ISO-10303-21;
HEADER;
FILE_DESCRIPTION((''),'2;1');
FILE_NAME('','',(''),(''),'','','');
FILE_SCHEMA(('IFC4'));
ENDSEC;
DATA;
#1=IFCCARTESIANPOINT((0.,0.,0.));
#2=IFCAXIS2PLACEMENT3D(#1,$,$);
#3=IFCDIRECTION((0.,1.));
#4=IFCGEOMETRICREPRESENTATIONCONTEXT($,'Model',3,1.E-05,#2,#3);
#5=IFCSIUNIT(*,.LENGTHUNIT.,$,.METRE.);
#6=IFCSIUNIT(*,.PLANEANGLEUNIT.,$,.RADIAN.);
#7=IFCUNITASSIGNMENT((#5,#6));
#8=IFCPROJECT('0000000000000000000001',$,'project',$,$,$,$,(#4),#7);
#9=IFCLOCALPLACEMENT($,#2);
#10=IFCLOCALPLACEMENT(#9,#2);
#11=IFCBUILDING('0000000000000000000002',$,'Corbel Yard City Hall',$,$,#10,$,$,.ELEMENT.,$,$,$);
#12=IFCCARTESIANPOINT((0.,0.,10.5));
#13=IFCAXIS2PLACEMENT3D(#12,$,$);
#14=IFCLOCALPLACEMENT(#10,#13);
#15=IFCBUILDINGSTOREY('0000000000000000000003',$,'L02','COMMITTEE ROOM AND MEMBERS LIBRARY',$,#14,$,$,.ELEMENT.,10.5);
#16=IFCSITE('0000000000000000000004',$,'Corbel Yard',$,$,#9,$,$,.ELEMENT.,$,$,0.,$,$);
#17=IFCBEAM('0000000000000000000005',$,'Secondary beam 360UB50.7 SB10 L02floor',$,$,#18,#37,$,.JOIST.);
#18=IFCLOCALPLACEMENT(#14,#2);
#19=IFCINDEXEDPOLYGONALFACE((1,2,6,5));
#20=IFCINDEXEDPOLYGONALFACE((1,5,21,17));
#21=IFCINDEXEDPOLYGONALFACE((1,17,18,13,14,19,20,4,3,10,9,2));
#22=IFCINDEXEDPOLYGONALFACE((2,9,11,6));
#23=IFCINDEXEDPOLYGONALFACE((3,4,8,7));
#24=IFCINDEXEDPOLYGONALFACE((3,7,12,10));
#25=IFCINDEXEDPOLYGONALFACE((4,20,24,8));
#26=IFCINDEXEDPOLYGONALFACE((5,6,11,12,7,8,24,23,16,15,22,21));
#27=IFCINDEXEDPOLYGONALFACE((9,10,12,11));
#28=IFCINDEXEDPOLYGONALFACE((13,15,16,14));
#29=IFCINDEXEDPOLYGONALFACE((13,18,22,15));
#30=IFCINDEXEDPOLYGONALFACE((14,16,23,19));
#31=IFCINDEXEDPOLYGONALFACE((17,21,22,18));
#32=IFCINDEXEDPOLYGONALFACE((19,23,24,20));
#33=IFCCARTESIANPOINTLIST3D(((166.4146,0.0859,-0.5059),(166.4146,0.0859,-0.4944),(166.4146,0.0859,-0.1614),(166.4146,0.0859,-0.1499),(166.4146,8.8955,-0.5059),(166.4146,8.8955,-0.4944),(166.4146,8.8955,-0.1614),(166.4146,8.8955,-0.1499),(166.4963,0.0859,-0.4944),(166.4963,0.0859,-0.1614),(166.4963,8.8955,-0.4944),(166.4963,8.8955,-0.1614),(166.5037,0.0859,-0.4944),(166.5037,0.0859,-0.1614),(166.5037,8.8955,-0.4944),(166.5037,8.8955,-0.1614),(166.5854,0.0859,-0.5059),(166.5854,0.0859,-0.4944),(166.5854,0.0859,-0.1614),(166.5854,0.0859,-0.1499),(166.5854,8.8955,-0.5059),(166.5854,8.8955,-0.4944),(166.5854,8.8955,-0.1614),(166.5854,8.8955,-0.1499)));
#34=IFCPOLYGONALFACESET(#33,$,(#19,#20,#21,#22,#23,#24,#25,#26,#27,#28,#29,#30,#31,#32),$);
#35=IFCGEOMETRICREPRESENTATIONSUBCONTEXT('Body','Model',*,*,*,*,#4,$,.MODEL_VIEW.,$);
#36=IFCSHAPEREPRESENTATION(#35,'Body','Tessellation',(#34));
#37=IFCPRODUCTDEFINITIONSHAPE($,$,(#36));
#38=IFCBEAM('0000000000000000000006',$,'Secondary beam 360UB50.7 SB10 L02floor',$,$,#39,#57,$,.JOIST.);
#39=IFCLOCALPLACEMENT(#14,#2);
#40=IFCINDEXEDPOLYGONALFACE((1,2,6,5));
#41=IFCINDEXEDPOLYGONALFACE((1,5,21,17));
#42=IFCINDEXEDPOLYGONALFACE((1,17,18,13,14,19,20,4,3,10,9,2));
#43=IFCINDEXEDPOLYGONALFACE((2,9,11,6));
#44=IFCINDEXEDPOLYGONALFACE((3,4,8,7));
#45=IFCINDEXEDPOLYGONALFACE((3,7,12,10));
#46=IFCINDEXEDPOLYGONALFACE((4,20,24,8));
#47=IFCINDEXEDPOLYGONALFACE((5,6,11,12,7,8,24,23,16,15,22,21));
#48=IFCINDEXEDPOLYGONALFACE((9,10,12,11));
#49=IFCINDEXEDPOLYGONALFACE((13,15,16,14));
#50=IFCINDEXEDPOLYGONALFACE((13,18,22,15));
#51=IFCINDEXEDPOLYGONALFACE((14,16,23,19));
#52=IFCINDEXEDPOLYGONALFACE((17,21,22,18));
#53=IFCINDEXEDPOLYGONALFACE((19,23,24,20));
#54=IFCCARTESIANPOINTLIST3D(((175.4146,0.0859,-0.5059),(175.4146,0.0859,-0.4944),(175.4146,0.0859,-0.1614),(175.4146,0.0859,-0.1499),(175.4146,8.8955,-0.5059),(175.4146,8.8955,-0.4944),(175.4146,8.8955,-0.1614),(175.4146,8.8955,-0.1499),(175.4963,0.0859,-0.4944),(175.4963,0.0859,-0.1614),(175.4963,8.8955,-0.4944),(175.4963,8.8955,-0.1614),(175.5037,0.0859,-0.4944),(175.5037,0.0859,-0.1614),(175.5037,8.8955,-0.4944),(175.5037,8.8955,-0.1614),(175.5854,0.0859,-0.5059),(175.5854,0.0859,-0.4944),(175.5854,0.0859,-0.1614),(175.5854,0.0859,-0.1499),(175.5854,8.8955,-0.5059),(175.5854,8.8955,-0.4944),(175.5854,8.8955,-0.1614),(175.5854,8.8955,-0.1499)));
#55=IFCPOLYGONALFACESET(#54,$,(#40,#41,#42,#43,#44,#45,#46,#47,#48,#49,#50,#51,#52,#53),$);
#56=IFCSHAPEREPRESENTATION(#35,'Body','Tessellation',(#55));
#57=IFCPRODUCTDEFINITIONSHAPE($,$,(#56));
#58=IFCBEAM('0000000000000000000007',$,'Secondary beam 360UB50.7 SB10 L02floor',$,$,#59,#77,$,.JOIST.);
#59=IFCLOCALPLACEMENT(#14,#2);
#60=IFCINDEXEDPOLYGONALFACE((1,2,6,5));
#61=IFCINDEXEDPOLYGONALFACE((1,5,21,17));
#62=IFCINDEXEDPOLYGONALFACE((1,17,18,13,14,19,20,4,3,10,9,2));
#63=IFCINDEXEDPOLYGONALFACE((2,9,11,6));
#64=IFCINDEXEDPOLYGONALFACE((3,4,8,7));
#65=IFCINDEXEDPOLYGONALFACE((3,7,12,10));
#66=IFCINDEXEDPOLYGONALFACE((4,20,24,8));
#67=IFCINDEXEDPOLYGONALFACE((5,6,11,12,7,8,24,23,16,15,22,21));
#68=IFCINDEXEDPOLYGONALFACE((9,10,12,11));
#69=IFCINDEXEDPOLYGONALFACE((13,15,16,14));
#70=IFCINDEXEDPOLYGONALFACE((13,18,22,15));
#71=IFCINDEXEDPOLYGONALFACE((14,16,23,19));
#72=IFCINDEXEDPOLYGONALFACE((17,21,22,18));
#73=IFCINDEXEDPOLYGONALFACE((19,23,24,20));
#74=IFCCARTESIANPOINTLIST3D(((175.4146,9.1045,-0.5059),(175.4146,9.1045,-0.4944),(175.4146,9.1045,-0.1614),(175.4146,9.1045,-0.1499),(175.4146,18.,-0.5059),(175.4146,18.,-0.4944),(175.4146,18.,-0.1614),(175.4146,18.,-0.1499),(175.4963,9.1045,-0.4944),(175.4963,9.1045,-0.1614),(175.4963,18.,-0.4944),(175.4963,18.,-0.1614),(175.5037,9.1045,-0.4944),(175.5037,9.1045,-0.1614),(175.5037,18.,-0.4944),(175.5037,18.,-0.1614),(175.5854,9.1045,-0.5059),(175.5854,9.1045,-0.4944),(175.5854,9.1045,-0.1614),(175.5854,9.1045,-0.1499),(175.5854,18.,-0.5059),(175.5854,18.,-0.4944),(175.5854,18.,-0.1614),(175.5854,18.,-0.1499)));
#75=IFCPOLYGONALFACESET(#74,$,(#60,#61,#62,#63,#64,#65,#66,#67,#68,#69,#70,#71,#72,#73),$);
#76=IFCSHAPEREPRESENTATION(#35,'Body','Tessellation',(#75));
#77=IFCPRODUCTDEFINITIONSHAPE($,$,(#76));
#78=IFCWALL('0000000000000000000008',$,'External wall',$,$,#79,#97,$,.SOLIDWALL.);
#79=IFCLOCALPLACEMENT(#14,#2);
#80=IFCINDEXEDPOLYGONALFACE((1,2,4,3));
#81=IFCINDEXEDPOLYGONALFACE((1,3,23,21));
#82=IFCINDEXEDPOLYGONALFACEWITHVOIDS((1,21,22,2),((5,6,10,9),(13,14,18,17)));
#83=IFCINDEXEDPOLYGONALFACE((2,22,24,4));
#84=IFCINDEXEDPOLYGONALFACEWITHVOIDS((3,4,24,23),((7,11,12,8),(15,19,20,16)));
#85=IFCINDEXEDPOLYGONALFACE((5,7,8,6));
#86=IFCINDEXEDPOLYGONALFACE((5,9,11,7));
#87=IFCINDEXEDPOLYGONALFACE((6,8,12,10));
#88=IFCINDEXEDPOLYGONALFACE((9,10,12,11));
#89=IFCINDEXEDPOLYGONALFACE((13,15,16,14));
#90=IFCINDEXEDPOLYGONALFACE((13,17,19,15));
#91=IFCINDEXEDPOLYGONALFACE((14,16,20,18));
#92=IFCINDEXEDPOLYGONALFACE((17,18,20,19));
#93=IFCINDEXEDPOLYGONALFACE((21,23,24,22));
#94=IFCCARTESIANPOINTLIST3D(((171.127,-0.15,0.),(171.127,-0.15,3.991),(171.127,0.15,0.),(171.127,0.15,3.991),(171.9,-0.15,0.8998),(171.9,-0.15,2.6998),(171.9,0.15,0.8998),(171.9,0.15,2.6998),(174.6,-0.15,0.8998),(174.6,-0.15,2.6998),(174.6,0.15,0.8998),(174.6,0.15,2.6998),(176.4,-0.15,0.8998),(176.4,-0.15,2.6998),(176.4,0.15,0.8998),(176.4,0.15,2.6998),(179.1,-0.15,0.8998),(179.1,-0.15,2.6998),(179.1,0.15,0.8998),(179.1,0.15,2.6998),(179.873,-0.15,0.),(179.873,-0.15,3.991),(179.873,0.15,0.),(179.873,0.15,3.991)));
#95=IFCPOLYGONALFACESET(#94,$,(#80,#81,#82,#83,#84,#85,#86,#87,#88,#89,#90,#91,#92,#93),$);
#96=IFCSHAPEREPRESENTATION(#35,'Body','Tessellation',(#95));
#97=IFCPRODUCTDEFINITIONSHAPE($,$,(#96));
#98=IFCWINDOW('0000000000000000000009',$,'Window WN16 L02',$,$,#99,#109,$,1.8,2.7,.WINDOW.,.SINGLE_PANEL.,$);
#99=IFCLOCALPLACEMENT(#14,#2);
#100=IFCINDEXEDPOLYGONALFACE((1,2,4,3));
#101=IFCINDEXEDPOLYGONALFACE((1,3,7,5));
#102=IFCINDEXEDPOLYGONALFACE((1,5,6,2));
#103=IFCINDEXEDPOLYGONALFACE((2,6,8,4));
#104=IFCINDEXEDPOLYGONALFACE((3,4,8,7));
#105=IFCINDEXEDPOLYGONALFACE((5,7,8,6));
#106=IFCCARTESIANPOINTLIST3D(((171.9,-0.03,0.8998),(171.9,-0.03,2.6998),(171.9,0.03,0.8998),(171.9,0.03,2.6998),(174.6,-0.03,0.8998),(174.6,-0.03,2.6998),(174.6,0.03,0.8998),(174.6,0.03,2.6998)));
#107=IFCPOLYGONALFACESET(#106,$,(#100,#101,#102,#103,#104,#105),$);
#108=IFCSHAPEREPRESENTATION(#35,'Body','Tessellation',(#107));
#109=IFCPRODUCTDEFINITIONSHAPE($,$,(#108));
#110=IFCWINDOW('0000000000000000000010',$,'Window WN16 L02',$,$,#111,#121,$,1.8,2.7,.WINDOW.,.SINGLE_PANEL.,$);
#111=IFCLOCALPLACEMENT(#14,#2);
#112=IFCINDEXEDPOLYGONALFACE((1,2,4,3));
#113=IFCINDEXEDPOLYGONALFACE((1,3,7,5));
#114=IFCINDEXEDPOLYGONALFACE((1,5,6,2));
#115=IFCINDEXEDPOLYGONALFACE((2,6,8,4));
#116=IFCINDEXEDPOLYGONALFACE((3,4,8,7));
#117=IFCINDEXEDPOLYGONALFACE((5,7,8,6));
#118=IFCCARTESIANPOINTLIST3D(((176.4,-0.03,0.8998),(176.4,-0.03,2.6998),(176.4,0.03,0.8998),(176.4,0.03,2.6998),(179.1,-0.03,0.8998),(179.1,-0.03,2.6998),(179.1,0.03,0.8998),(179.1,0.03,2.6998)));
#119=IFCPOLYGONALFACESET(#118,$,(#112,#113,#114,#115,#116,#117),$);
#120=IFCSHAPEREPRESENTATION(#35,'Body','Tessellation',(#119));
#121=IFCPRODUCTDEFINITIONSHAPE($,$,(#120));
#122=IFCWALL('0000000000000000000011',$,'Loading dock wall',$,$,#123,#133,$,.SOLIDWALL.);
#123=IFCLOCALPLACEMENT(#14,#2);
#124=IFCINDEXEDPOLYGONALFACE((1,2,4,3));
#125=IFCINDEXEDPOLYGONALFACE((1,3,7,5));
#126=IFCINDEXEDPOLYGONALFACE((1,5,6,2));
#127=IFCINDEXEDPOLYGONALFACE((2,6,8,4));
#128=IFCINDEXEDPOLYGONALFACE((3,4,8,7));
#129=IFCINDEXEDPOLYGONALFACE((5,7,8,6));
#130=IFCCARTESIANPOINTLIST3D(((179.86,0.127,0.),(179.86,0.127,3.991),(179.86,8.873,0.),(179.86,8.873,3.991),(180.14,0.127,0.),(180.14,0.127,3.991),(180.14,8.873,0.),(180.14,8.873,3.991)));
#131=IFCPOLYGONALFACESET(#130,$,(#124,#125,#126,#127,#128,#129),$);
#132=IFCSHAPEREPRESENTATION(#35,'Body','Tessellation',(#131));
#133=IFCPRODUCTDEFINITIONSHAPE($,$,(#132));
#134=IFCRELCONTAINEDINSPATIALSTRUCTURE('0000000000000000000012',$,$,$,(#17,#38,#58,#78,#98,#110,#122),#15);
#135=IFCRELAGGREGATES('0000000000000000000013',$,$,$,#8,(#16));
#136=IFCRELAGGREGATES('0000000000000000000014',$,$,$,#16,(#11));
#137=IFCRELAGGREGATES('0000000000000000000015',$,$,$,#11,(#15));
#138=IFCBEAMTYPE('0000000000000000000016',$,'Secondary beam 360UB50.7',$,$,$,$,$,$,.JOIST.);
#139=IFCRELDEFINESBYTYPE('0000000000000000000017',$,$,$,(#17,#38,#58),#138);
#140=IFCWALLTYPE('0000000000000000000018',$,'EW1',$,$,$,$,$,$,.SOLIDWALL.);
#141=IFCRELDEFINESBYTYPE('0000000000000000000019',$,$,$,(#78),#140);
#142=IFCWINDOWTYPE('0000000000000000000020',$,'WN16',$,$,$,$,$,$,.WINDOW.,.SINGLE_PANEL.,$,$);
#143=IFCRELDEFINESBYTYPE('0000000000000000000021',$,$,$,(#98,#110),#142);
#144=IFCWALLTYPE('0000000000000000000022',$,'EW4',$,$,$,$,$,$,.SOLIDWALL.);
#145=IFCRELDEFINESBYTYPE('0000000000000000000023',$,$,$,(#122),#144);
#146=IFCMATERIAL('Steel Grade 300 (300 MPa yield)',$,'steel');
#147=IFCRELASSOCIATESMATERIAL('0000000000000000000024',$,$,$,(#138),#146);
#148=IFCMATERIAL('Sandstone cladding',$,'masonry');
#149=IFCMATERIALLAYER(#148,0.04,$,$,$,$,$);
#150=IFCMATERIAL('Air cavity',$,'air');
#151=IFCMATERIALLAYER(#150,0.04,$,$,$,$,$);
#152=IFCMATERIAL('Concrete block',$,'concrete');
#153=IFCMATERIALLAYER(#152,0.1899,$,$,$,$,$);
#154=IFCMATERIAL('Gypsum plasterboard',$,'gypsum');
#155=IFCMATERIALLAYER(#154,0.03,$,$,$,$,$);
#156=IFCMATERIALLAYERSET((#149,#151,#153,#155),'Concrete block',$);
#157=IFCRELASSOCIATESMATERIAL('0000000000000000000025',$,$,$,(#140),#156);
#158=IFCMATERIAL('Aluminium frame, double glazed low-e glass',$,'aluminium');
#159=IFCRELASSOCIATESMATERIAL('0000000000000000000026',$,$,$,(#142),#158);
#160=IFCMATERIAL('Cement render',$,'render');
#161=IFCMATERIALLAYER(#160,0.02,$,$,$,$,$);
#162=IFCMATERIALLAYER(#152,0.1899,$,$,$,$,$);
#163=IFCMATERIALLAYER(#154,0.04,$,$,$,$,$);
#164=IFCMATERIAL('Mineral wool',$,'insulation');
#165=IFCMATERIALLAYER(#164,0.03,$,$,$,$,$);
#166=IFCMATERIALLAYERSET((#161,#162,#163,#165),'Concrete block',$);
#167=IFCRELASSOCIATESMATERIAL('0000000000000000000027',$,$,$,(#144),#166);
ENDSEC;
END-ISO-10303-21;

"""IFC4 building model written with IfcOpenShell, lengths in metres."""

from ifc_helpers import new_model, si_unit, direction, frame, frame_2d, origin, origin_2d, place, context, subcontext, project, spatial, rectangle, i_section, extrude, material, layer, layer_set, material_profile, profile_set, type_object, element, fill, save


model = new_model("IFC4")

# Units and contexts
model_context = context("Model", 3, precision=1e-05, world=origin(), true_north=direction((0.0, 1.0)))
body_context = subcontext(model_context, "Body", "Model", "MODEL_VIEW")
ifc_project = project(units=[si_unit("LENGTHUNIT", "METRE"), si_unit("PLANEANGLEUNIT", "RADIAN")], contexts=[model_context])

# Site, building, storey
site_placement = place(None, origin())
site = spatial("IfcSite", under=ifc_project, at=site_placement, Name="Corbel Yard", CompositionType="ELEMENT", RefElevation=0.0)
building_placement = place(site_placement, origin())
building = spatial("IfcBuilding", under=site, at=building_placement, Name="Corbel Yard City Hall", CompositionType="ELEMENT")
storey_placement = place(building_placement, frame((0.0, 0.0, 10.5)))
storey = spatial("IfcBuildingStorey", under=building, at=storey_placement, Name="L02", Description="COMMITTEE ROOM AND MEMBERS LIBRARY", CompositionType="ELEMENT", Elevation=10.5)

# Shared definitions
ifc_material_1 = material(Name="Steel Grade 300 (300 MPa yield)", Category="steel")

# Beams
ifc_material_profile_1 = material_profile(ifc_material_1, i_section(OverallWidth=0.1709, OverallDepth=0.356, WebThickness=0.0073, FlangeThickness=0.0115, at=origin_2d()), Name="360UB50.7")
ifc_profile_set_1 = profile_set([ifc_material_profile_1], Name="Steel Grade 300 (300 MPa yield)")
beam_type_1 = type_object("IfcBeamType", Name="Secondary beam 360UB50.7", PredefinedType="JOIST", material=ifc_profile_set_1)
for number, where, z_axis, x_axis, name in (
    (1, (166.5, 0.0859, -0.3279), (0.0, 1.0, 0.0), (-1.0, 0.0, 0.0), "Secondary beam 360UB50.7 SB10 L02floor"),
    (2, (175.5, 0.0859, -0.3279), (0.0, 1.0, 0.0), (-1.0, 0.0, 0.0), "Secondary beam 360UB50.7 SB10 L02floor"),
):
    element("IfcBeam", number, at=place(storey_placement, frame(where, z_axis=z_axis, x_axis=x_axis)), inside=storey, type_object=beam_type_1, Name=name, PredefinedType="JOIST", context=body_context, shape_type="SweptSolid", body=[
        extrude(i_section(OverallWidth=0.1709, OverallDepth=0.356, WebThickness=0.0073, FlangeThickness=0.0115, at=origin_2d()), origin(), (0.0, 0.0, 1.0), 8.8096),
    ])
beam_1_placement = place(storey_placement, frame((175.5, 9.1045, -0.3279), z_axis=(0.0, 1.0, 0.0), x_axis=(-1.0, 0.0, 0.0)))
element("IfcBeam", 3, at=beam_1_placement, inside=storey, type_object=beam_type_1, Name="Secondary beam 360UB50.7 SB10 L02floor", PredefinedType="JOIST", context=body_context, shape_type="SweptSolid", body=[
    extrude(i_section(OverallWidth=0.1709, OverallDepth=0.356, WebThickness=0.0073, FlangeThickness=0.0115, at=origin_2d()), origin(), (0.0, 0.0, 1.0), 8.8955),
])

# Wall, openings, windows
ifc_material_2 = material(Name="Sandstone cladding", Category="masonry")
ifc_layer_1 = layer(ifc_material_2, 0.04)
ifc_material_3 = material(Name="Air cavity", Category="air")
ifc_layer_2 = layer(ifc_material_3, 0.04)
ifc_material_4 = material(Name="Concrete block", Category="concrete")
ifc_layer_3 = layer(ifc_material_4, 0.1899)
ifc_material_5 = material(Name="Gypsum plasterboard", Category="gypsum")
ifc_layer_4 = layer(ifc_material_5, 0.03)
ifc_layer_set_1 = layer_set([ifc_layer_1, ifc_layer_2, ifc_layer_3, ifc_layer_4], Name="Concrete block")
wall_type_1 = type_object("IfcWallType", Name="EW1", PredefinedType="SOLIDWALL", material=ifc_layer_set_1)
wall_1_placement = place(storey_placement, frame((171.127, 0.0, 0.0), z_axis=(0.0, 0.0, 1.0), x_axis=(1.0, 0.0, 0.0)))
wall_1 = element("IfcWall", 4, at=wall_1_placement, inside=storey, type_object=wall_type_1, Name="External wall", PredefinedType="SOLIDWALL", context=body_context, shape_type="SweptSolid", body=[
    extrude(rectangle(XDim=8.7461, YDim=0.3, at=frame_2d((4.373, 0.0))), origin(), (0.0, 0.0, 1.0), 3.991),
])
opening_1_placement = place(wall_1_placement, frame((0.7729, 0.0, 0.8999)))
opening_1 = element("IfcOpeningElement", 5, at=opening_1_placement, cuts=wall_1, PredefinedType="OPENING", context=body_context, shape_type="SweptSolid", body=[
    extrude(rectangle(XDim=2.7, YDim=1.8, at=frame_2d((1.3501, 0.8999))), frame((0.0, 0.1599, 0.0), z_axis=(0.0, -1.0, 0.0), x_axis=(1.0, 0.0, 0.0)), (0.0, 0.0, 1.0), 0.3201),
])
opening_2_placement = place(wall_1_placement, frame((5.2729, 0.0, 0.8999)))
opening_2 = element("IfcOpeningElement", 6, at=opening_2_placement, cuts=wall_1, PredefinedType="OPENING", context=body_context, shape_type="SweptSolid", body=[
    extrude(rectangle(XDim=2.7, YDim=1.8, at=frame_2d((1.3501, 0.8999))), frame((0.0, 0.1599, 0.0), z_axis=(0.0, -1.0, 0.0), x_axis=(1.0, 0.0, 0.0)), (0.0, 0.0, 1.0), 0.3201),
])
ifc_material_6 = material(Name="Aluminium frame, double glazed low-e glass", Category="aluminium")
window_type_1 = type_object("IfcWindowType", Name="WN16", PartitioningType="SINGLE_PANEL", PredefinedType="WINDOW", material=ifc_material_6)
window_1_placement = place(opening_1_placement, origin())
window_1 = element("IfcWindow", 7, at=window_1_placement, inside=storey, type_object=window_type_1, Name="Window WN16 L02", OverallHeight=1.8, OverallWidth=2.7, PartitioningType="SINGLE_PANEL", PredefinedType="WINDOW", context=body_context, shape_type="SweptSolid", body=[
    extrude(rectangle(XDim=2.7, YDim=1.8, at=frame_2d((1.3501, 0.8999))), frame((0.0, 0.03, 0.0), z_axis=(0.0, -1.0, 0.0), x_axis=(1.0, 0.0, 0.0)), (0.0, 0.0, 1.0), 0.0601),
])
fill(opening_1, window_1)
window_2_placement = place(opening_2_placement, origin())
window_2 = element("IfcWindow", 8, at=window_2_placement, inside=storey, type_object=window_type_1, Name="Window WN16 L02", OverallHeight=1.8, OverallWidth=2.7, PartitioningType="SINGLE_PANEL", PredefinedType="WINDOW", context=body_context, shape_type="SweptSolid", body=[
    extrude(rectangle(XDim=2.7, YDim=1.8, at=frame_2d((1.3501, 0.8999))), frame((0.0, 0.03, 0.0), z_axis=(0.0, -1.0, 0.0), x_axis=(1.0, 0.0, 0.0)), (0.0, 0.0, 1.0), 0.0601),
])
fill(opening_2, window_2)

# Wall
ifc_material_7 = material(Name="Cement render", Category="render")
ifc_layer_5 = layer(ifc_material_7, 0.02)
ifc_layer_6 = layer(ifc_material_4, 0.1899)
ifc_layer_7 = layer(ifc_material_5, 0.04)
ifc_material_8 = material(Name="Mineral wool", Category="insulation")
ifc_layer_8 = layer(ifc_material_8, 0.03)
ifc_layer_set_2 = layer_set([ifc_layer_5, ifc_layer_6, ifc_layer_7, ifc_layer_8], Name="Concrete block")
wall_type_2 = type_object("IfcWallType", Name="EW4", PredefinedType="SOLIDWALL", material=ifc_layer_set_2)
wall_2_placement = place(storey_placement, frame((180.0, 0.127, 0.0), z_axis=(0.0, 0.0, 1.0), x_axis=(0.0, 1.0, 0.0)))
element("IfcWall", 9, at=wall_2_placement, inside=storey, type_object=wall_type_2, Name="Loading dock wall", PredefinedType="SOLIDWALL", context=body_context, shape_type="SweptSolid", body=[
    extrude(rectangle(XDim=8.7461, YDim=0.28, at=frame_2d((4.373, 0.0))), origin(), (0.0, 0.0, 1.0), 3.991),
])

save(model, "model.ifc")
